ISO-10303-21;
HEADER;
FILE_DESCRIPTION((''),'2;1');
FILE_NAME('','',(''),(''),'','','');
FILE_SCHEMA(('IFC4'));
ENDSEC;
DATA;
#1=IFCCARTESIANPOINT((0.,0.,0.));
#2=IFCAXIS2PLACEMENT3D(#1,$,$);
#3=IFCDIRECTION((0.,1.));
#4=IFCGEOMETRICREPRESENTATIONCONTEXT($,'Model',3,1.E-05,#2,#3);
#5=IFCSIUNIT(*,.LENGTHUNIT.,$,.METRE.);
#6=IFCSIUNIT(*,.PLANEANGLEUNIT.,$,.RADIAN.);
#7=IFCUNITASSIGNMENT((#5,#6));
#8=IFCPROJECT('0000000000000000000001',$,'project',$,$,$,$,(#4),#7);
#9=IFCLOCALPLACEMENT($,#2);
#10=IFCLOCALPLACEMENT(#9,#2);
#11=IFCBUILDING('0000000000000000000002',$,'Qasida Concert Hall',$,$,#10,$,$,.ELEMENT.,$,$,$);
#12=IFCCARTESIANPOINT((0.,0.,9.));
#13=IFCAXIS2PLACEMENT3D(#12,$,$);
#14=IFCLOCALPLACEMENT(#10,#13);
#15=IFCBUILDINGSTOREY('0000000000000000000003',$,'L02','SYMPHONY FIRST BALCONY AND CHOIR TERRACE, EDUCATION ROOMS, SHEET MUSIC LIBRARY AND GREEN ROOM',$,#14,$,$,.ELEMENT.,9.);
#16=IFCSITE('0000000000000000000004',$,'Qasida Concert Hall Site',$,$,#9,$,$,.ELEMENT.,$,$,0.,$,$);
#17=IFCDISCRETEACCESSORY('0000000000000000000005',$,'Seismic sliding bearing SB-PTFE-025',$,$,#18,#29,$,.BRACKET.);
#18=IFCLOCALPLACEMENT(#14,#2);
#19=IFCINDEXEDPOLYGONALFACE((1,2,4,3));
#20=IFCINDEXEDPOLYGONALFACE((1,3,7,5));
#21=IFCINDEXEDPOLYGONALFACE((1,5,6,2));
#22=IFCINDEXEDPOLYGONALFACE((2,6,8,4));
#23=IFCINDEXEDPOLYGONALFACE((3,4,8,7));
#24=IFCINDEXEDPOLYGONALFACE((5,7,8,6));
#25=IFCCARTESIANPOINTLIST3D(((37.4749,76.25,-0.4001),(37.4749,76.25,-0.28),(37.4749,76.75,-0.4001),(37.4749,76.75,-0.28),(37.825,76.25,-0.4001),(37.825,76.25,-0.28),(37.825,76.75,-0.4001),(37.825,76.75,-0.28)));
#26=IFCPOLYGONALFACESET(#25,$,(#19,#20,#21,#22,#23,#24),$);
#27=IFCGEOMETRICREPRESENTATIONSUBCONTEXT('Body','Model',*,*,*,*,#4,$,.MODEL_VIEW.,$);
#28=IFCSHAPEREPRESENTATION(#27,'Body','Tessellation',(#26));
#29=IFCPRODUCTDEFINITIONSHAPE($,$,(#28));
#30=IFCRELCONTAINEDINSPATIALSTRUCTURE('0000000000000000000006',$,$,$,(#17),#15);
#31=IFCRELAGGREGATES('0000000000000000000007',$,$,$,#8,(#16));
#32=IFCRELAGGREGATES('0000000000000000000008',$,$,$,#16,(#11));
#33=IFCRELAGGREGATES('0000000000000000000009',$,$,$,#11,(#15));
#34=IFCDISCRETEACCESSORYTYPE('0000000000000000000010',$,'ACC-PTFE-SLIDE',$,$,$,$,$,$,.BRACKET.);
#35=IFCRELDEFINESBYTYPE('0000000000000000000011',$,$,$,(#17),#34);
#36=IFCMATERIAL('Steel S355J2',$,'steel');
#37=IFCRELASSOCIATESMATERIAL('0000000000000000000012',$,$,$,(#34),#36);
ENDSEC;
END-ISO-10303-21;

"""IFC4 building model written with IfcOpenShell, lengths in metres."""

from ifc_helpers import new_model, si_unit, direction, frame, origin, origin_2d, place, context, subcontext, project, spatial, rectangle, extrude, material, type_object, element, save


model = new_model("IFC4")

# Units and contexts
model_context = context("Model", 3, precision=1e-05, world=origin(), true_north=direction((0.0, 1.0)))
body_context = subcontext(model_context, "Body", "Model", "MODEL_VIEW")
ifc_project = project(units=[si_unit("LENGTHUNIT", "METRE"), si_unit("PLANEANGLEUNIT", "RADIAN")], contexts=[model_context])

# Site, building, storey
site_placement = place(None, origin())
site = spatial("IfcSite", under=ifc_project, at=site_placement, Name="Qasida Concert Hall Site", CompositionType="ELEMENT", RefElevation=0.0)
building_placement = place(site_placement, origin())
building = spatial("IfcBuilding", under=site, at=building_placement, Name="Qasida Concert Hall", CompositionType="ELEMENT")
storey_placement = place(building_placement, frame((0.0, 0.0, 9.0)))
storey = spatial("IfcBuildingStorey", under=building, at=storey_placement, Name="L02", Description="SYMPHONY FIRST BALCONY AND CHOIR TERRACE, EDUCATION ROOMS, SHEET MUSIC LIBRARY AND GREEN ROOM", CompositionType="ELEMENT", Elevation=9.0)

# Discrete accessory
ifc_material_1 = material(Name="Steel S355J2", Category="steel")
discrete_accessory_type = type_object("IfcDiscreteAccessoryType", Name="ACC-PTFE-SLIDE", PredefinedType="BRACKET", material=ifc_material_1)
discrete_accessory_placement = place(storey_placement, frame((37.6499, 76.5, -0.4001), z_axis=(0.0, 0.0, 1.0), x_axis=(1.0, 0.0, 0.0)))
element("IfcDiscreteAccessory", 1, at=discrete_accessory_placement, inside=storey, type_object=discrete_accessory_type, Name="Seismic sliding bearing SB-PTFE-025", PredefinedType="BRACKET", context=body_context, shape_type="SweptSolid", body=[
    extrude(rectangle(XDim=0.3501, YDim=0.5, at=origin_2d()), origin(), (0.0, 0.0, 1.0), 0.1201),
])

save(model, "model.ifc")
